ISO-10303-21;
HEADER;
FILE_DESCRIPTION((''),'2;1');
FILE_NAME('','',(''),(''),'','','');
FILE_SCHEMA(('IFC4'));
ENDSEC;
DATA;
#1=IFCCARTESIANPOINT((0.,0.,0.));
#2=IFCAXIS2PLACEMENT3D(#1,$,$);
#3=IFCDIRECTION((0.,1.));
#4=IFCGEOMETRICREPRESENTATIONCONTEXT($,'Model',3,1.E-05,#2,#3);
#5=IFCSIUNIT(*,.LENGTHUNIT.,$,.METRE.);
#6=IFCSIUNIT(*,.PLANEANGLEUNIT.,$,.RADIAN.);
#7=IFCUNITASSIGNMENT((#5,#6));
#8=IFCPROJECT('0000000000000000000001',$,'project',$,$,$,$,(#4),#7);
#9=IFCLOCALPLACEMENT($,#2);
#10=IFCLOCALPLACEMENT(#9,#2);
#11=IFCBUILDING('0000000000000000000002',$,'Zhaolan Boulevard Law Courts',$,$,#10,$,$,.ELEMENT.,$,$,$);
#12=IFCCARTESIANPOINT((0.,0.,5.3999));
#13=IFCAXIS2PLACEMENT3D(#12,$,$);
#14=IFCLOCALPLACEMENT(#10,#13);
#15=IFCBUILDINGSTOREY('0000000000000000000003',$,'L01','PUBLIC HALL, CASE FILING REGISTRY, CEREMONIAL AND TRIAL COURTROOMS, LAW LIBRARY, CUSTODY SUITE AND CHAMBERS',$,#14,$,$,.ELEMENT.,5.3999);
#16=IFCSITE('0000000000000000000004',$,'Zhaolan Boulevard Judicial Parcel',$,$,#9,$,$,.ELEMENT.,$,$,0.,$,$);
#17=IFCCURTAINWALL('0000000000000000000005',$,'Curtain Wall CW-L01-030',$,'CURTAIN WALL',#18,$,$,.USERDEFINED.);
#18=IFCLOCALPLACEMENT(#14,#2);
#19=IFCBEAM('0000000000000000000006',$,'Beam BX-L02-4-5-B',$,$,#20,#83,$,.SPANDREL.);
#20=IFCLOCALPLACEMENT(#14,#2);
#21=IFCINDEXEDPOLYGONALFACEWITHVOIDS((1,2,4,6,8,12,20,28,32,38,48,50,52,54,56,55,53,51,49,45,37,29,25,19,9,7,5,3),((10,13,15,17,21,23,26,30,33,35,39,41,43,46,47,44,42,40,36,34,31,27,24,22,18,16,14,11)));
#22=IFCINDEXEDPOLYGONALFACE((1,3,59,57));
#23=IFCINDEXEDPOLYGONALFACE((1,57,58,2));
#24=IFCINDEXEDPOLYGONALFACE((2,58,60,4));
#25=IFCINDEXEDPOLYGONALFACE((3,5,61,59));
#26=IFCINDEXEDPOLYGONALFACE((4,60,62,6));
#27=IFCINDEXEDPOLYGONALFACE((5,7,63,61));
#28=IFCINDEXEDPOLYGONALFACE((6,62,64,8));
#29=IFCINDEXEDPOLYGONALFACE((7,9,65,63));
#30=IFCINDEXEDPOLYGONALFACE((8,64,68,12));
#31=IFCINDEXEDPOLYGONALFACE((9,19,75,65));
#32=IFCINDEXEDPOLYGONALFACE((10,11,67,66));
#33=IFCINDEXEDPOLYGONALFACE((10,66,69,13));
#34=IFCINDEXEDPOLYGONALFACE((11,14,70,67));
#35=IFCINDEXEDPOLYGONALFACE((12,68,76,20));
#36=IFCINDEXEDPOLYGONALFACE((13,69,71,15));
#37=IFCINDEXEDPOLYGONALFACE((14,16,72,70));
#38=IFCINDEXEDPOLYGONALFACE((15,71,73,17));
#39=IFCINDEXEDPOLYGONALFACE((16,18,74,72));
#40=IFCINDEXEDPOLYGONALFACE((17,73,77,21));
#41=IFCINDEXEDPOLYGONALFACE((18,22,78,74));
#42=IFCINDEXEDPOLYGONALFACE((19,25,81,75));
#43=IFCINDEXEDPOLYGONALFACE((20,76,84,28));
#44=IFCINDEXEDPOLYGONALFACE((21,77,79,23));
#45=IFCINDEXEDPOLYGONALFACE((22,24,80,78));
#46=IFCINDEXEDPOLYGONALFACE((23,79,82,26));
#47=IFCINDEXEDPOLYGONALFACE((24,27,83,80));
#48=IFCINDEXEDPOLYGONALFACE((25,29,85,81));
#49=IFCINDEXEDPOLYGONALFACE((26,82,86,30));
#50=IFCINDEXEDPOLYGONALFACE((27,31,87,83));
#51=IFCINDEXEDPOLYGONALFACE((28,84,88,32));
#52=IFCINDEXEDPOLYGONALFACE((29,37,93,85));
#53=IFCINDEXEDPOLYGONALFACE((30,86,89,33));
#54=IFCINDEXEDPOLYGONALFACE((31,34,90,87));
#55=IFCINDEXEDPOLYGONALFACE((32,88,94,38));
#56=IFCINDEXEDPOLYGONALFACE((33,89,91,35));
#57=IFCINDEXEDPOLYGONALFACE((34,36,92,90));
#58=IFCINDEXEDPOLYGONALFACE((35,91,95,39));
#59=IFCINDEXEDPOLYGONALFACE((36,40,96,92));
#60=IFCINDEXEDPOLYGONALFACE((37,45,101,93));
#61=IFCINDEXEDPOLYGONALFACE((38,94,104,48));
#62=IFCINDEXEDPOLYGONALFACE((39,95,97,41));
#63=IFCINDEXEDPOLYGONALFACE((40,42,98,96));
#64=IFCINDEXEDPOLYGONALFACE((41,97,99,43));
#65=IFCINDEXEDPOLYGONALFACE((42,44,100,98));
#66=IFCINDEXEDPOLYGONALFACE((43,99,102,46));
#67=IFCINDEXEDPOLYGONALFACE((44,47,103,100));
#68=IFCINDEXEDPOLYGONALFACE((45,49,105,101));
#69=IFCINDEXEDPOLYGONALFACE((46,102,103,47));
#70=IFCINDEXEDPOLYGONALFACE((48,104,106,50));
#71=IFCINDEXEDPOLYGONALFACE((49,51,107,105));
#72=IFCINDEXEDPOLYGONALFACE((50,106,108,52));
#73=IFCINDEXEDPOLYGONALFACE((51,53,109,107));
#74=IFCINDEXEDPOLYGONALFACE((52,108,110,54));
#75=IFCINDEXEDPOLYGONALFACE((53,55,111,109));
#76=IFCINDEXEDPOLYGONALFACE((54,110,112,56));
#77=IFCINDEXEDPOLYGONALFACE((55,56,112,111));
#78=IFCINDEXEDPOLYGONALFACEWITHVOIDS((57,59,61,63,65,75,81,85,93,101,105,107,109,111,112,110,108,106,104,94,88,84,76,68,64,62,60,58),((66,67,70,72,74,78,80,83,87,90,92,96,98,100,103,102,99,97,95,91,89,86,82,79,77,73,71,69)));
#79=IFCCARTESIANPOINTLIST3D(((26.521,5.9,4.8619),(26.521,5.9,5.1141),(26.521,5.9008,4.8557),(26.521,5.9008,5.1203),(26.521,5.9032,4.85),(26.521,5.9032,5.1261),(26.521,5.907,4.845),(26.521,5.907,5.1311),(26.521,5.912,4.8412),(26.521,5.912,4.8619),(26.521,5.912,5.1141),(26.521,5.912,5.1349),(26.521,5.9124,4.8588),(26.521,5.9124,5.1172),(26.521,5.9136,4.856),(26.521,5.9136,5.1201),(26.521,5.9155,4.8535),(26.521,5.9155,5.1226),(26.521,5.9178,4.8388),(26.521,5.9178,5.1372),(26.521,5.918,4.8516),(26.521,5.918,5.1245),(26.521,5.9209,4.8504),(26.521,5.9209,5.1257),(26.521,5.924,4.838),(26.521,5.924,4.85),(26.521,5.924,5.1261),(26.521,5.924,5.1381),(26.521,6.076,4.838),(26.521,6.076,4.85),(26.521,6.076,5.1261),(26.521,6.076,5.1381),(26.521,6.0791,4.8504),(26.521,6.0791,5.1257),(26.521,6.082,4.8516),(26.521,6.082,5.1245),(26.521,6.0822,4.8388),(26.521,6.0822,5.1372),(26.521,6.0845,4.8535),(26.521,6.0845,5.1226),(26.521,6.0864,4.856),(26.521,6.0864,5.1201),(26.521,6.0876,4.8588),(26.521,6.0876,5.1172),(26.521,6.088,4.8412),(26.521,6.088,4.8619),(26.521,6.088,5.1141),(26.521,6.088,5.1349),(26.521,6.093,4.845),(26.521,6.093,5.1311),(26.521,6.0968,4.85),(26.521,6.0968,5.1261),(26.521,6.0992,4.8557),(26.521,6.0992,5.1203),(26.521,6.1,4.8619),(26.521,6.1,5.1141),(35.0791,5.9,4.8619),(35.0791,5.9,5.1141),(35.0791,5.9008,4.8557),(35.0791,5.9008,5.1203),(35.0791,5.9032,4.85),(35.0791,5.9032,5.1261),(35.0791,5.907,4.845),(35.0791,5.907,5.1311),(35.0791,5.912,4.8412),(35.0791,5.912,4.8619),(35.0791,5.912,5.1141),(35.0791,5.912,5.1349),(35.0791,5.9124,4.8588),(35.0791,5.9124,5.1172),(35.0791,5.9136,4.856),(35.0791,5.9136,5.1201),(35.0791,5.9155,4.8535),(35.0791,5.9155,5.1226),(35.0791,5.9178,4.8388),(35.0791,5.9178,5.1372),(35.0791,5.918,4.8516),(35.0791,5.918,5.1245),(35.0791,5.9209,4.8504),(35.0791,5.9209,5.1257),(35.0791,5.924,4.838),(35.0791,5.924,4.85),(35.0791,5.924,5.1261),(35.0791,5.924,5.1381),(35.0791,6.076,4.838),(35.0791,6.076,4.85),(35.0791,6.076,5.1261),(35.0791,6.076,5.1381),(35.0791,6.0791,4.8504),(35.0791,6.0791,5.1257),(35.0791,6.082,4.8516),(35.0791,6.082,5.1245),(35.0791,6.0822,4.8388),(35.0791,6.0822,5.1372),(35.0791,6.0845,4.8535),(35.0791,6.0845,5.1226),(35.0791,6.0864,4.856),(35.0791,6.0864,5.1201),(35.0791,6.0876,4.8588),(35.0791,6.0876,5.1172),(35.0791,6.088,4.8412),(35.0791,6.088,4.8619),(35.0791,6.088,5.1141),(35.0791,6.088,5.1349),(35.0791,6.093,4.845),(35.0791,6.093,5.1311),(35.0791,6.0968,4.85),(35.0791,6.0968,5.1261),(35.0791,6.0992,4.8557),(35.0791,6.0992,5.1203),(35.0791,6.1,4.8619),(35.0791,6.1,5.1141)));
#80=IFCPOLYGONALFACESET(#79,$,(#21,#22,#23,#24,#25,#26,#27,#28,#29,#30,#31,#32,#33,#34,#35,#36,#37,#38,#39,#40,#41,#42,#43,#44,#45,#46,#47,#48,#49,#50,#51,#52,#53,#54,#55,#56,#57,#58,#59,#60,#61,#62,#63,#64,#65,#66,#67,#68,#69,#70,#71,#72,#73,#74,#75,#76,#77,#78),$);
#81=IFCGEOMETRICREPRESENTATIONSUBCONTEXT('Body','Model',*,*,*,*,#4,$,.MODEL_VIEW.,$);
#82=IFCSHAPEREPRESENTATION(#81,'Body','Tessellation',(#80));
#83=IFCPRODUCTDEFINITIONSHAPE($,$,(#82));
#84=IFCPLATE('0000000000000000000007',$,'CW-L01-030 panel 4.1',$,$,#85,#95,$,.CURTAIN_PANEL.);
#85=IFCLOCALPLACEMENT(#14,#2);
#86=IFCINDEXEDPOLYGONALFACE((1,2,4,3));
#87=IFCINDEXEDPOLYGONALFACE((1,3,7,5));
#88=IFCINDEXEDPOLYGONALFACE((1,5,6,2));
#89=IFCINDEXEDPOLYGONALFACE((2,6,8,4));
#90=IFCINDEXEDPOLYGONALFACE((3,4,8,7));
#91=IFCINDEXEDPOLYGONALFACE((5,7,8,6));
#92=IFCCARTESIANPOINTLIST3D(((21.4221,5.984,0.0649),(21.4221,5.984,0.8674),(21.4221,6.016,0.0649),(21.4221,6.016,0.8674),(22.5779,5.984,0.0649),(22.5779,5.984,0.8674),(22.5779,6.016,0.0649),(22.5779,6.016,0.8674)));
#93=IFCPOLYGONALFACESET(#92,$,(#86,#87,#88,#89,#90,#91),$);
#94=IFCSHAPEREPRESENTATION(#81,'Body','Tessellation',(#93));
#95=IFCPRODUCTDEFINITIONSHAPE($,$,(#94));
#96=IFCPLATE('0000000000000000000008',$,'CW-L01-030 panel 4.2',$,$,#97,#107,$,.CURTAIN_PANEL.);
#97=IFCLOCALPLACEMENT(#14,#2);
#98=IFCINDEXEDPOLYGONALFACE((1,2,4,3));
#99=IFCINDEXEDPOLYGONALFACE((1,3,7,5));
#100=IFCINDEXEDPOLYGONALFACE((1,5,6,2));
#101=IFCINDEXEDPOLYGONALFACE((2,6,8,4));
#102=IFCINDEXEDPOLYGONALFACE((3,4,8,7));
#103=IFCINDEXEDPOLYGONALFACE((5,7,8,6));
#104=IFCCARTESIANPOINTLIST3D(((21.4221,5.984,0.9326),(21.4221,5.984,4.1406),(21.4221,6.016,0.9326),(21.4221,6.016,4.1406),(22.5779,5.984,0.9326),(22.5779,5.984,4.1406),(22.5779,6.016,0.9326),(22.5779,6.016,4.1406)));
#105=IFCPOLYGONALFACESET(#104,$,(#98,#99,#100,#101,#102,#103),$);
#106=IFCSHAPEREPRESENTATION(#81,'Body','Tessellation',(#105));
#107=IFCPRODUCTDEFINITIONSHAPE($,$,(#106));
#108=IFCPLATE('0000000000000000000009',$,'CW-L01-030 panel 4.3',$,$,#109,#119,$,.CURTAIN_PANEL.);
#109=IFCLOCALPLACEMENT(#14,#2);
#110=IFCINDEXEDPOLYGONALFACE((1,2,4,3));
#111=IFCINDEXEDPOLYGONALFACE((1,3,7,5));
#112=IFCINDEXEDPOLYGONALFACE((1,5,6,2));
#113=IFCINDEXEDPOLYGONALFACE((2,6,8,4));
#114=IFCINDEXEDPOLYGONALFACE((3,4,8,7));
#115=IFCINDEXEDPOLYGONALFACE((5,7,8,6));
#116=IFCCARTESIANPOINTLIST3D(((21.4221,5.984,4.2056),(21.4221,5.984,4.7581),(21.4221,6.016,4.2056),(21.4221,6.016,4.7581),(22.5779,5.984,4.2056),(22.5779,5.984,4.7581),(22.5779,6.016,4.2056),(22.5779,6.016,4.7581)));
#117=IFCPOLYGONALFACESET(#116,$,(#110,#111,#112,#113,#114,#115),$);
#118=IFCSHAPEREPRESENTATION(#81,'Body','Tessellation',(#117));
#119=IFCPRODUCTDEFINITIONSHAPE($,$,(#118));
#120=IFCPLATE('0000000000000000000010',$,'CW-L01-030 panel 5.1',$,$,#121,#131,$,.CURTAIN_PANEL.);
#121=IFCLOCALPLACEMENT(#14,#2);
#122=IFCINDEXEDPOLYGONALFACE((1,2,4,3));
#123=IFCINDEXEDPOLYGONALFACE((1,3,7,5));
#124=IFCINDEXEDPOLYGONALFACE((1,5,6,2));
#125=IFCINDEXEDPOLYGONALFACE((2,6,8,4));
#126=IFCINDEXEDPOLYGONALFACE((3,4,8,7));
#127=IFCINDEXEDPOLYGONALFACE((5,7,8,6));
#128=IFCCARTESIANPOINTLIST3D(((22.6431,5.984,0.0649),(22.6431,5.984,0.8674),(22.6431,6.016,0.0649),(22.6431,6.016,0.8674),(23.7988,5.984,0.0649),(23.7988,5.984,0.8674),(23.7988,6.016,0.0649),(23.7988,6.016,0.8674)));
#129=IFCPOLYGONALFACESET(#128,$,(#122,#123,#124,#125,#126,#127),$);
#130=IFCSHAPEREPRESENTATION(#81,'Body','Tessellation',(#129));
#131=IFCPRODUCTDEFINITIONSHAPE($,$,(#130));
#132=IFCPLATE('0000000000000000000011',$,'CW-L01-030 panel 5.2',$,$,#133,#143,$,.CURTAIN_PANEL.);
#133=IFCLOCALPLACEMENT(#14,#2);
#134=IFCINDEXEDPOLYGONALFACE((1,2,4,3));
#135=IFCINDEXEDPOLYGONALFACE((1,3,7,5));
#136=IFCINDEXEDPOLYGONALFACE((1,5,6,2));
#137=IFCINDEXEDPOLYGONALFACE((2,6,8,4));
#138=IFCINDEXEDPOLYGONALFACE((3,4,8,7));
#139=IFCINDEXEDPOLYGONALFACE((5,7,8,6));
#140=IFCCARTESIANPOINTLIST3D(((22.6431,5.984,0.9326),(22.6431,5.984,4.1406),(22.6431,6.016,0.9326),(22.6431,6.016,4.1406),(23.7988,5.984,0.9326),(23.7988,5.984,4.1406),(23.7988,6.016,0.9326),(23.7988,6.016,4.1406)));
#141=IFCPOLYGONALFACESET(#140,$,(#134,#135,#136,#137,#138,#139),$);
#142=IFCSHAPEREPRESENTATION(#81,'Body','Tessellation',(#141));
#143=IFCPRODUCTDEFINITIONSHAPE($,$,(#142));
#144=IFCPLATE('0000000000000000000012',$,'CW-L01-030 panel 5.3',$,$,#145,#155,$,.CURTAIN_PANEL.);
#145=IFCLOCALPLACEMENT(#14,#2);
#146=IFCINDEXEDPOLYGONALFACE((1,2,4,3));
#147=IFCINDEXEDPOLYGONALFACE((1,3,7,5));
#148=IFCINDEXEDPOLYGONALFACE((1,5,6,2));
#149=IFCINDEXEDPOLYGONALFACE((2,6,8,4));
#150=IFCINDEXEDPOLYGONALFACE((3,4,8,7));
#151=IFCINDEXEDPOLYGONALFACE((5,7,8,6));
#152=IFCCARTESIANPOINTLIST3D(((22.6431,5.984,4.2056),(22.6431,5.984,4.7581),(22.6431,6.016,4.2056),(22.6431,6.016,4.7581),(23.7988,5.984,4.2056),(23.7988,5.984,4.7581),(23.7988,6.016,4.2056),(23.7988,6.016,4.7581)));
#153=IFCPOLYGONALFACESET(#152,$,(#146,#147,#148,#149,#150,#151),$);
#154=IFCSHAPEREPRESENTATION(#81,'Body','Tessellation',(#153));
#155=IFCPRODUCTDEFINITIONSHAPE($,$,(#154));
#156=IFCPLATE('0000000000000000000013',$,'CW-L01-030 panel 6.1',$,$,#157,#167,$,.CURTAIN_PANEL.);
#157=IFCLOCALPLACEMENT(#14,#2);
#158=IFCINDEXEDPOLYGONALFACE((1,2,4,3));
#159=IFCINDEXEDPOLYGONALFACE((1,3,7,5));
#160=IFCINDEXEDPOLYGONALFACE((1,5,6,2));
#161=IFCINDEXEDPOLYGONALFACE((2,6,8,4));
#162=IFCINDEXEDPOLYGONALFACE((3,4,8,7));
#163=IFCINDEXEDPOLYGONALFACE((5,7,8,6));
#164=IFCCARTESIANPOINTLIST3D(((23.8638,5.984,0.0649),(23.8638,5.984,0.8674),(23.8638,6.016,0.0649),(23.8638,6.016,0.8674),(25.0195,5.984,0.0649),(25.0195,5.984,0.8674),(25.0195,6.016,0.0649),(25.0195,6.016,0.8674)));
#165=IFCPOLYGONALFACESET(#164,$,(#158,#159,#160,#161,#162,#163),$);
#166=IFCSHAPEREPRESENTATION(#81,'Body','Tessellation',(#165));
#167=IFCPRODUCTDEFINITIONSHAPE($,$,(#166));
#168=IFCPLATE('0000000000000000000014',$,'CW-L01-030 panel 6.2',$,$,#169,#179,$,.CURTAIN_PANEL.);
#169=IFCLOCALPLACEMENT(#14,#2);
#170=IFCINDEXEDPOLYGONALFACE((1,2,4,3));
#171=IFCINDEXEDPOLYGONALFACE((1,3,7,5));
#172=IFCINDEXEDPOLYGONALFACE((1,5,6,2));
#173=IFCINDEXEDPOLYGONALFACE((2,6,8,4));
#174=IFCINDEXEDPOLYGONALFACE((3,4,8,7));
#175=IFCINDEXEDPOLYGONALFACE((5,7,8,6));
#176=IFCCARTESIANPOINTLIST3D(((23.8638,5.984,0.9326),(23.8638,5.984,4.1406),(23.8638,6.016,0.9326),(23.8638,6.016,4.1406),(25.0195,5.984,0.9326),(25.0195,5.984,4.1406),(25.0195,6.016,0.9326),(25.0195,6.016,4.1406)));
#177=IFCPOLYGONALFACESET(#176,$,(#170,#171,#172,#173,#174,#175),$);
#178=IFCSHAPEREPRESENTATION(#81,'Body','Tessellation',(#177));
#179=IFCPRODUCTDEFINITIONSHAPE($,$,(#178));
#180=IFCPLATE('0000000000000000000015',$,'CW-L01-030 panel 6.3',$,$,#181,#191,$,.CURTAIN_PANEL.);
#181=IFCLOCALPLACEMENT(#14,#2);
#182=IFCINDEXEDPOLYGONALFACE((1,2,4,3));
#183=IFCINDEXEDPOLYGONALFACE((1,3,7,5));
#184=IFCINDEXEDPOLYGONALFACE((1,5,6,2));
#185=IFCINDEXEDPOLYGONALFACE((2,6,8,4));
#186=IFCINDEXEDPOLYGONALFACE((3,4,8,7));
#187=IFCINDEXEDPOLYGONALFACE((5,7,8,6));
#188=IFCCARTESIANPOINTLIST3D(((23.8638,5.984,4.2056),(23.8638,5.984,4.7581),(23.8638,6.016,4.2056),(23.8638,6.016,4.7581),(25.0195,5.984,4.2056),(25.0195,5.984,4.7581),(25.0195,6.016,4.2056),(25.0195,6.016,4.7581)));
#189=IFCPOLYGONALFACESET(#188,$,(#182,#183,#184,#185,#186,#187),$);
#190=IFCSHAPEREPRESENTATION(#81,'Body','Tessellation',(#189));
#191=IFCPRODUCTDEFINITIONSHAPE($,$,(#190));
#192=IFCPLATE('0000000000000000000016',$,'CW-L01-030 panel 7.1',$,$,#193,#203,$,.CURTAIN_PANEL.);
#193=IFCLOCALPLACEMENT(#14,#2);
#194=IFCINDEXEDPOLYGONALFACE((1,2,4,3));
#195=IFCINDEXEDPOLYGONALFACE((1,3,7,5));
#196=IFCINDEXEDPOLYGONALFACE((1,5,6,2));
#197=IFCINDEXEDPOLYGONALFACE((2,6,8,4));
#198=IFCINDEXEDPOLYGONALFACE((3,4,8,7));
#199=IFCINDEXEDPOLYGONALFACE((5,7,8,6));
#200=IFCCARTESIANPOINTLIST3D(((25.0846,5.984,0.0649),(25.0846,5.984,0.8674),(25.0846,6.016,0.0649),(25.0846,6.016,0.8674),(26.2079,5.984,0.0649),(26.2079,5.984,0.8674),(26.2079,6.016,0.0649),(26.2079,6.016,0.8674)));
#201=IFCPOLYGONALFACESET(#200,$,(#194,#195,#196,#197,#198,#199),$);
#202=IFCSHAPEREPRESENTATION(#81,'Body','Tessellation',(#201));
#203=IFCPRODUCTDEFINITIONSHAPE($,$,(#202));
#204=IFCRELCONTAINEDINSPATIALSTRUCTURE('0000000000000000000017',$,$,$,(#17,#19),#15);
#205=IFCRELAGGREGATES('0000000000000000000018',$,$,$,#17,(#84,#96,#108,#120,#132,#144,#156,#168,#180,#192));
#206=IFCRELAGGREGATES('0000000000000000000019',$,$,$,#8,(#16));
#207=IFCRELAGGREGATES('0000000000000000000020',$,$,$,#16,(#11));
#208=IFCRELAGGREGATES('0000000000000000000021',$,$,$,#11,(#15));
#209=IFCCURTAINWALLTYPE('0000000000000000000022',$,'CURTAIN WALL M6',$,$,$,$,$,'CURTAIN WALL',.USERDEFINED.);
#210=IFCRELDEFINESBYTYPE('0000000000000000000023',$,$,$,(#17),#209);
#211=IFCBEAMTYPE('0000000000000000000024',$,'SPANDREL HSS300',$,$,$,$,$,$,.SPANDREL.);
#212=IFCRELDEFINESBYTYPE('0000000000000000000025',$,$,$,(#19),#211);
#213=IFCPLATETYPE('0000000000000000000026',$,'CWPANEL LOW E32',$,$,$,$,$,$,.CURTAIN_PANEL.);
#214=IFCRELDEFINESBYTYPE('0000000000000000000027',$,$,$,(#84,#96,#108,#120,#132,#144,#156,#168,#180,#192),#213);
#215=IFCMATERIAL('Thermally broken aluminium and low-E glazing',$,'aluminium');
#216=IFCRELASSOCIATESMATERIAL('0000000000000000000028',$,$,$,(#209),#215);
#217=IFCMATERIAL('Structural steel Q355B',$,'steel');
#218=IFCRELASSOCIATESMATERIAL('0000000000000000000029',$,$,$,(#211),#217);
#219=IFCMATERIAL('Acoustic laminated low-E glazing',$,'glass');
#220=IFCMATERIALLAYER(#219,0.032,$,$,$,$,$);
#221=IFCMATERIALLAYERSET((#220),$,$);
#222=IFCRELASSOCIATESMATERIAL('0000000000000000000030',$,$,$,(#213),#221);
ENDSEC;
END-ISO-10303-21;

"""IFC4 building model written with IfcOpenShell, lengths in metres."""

from ifc_helpers import new_model, si_unit, direction, frame, origin, origin_2d, place, context, subcontext, project, spatial, rectangle, hollow_rectangle, extrude, material, layer, layer_set, material_profile, profile_set, type_object, element, aggregate, save


model = new_model("IFC4")

# Units and contexts
model_context = context("Model", 3, precision=1e-05, world=origin(), true_north=direction((0.0, 1.0)))
body_context = subcontext(model_context, "Body", "Model", "MODEL_VIEW")
ifc_project = project(units=[si_unit("LENGTHUNIT", "METRE"), si_unit("PLANEANGLEUNIT", "RADIAN")], contexts=[model_context])

# Site, building, storey
site_placement = place(None, origin())
site = spatial("IfcSite", under=ifc_project, at=site_placement, Name="Zhaolan Boulevard Judicial Parcel", CompositionType="ELEMENT", RefElevation=0.0)
building_placement = place(site_placement, origin())
building = spatial("IfcBuilding", under=site, at=building_placement, Name="Zhaolan Boulevard Law Courts", CompositionType="ELEMENT")
storey_placement = place(building_placement, frame((0.0, 0.0, 5.3999)))
storey = spatial("IfcBuildingStorey", under=building, at=storey_placement, Name="L01", Description="PUBLIC HALL, CASE FILING REGISTRY, CEREMONIAL AND TRIAL COURTROOMS, LAW LIBRARY, CUSTODY SUITE AND CHAMBERS", CompositionType="ELEMENT", Elevation=5.3999)

# Curtain wall
ifc_material_1 = material(Name="Thermally broken aluminium and low-E glazing", Category="aluminium")
curtain_wall_type_1 = type_object("IfcCurtainWallType", Name="CURTAIN WALL M6", ElementType="CURTAIN WALL", PredefinedType="USERDEFINED", material=ifc_material_1)
curtain_wall_1_placement = place(storey_placement, origin())
curtain_wall_1 = element("IfcCurtainWall", 1, at=curtain_wall_1_placement, inside=storey, type_object=curtain_wall_type_1, Name="Curtain Wall CW-L01-030", ObjectType="CURTAIN WALL", PredefinedType="USERDEFINED")

# Beam
ifc_material_2 = material(Name="Structural steel Q355B", Category="steel")
ifc_material_profile_1 = material_profile(ifc_material_2, hollow_rectangle(XDim=0.2, YDim=0.3, WallThickness=0.012, InnerFilletRadius=0.012, OuterFilletRadius=0.0239, at=origin_2d()), Name="HSS300x200x12")
ifc_profile_set_1 = profile_set([ifc_material_profile_1], Name="Structural steel Q355B")
beam_type = type_object("IfcBeamType", Name="SPANDREL HSS300", PredefinedType="SPANDREL", material=ifc_profile_set_1)
beam_placement = place(storey_placement, frame((26.521, 6.0, 4.988), z_axis=(1.0, 0.0, 0.0), x_axis=(0.0, 1.0, 0.0)))
element("IfcBeam", 2, at=beam_placement, inside=storey, type_object=beam_type, Name="Beam BX-L02-4-5-B", PredefinedType="SPANDREL", context=body_context, shape_type="SweptSolid", body=[
    extrude(hollow_rectangle(XDim=0.2, YDim=0.3, WallThickness=0.012, InnerFilletRadius=0.012, OuterFilletRadius=0.0239, at=origin_2d()), origin(), (0.0, 0.0, 1.0), 8.5581),
])

# Plates
ifc_material_3 = material(Name="Acoustic laminated low-E glazing", Category="glass")
ifc_layer_1 = layer(ifc_material_3, 0.032)
ifc_layer_set_1 = layer_set([ifc_layer_1])
plate_type_1 = type_object("IfcPlateType", Name="CWPANEL LOW E32", PredefinedType="CURTAIN_PANEL", material=ifc_layer_set_1)
plate_1_placement = place(storey_placement, frame((22.0, 6.0, 0.0649), z_axis=(0.0, 0.0, 1.0), x_axis=(1.0, 0.0, 0.0)))
plate_1 = element("IfcPlate", 3, at=plate_1_placement, type_object=plate_type_1, Name="CW-L01-030 panel 4.1", PredefinedType="CURTAIN_PANEL", context=body_context, shape_type="SweptSolid", body=[
    extrude(rectangle(XDim=1.1558, YDim=0.032, at=origin_2d()), origin(), (0.0, 0.0, 1.0), 0.8025),
])
plate_2_placement = place(storey_placement, frame((22.0, 6.0, 0.9326), z_axis=(0.0, 0.0, 1.0), x_axis=(1.0, 0.0, 0.0)))
plate_2 = element("IfcPlate", 4, at=plate_2_placement, type_object=plate_type_1, Name="CW-L01-030 panel 4.2", PredefinedType="CURTAIN_PANEL", context=body_context, shape_type="SweptSolid", body=[
    extrude(rectangle(XDim=1.1558, YDim=0.032, at=origin_2d()), origin(), (0.0, 0.0, 1.0), 3.208),
])
plate_3_placement = place(storey_placement, frame((22.0, 6.0, 4.2056), z_axis=(0.0, 0.0, 1.0), x_axis=(1.0, 0.0, 0.0)))
plate_3 = element("IfcPlate", 5, at=plate_3_placement, type_object=plate_type_1, Name="CW-L01-030 panel 4.3", PredefinedType="CURTAIN_PANEL", context=body_context, shape_type="SweptSolid", body=[
    extrude(rectangle(XDim=1.1558, YDim=0.032, at=origin_2d()), origin(), (0.0, 0.0, 1.0), 0.5525),
])
plate_4_placement = place(storey_placement, frame((23.2209, 6.0, 0.0649), z_axis=(0.0, 0.0, 1.0), x_axis=(1.0, 0.0, 0.0)))
plate_4 = element("IfcPlate", 6, at=plate_4_placement, type_object=plate_type_1, Name="CW-L01-030 panel 5.1", PredefinedType="CURTAIN_PANEL", context=body_context, shape_type="SweptSolid", body=[
    extrude(rectangle(XDim=1.1558, YDim=0.032, at=origin_2d()), origin(), (0.0, 0.0, 1.0), 0.8025),
])
plate_5_placement = place(storey_placement, frame((23.2209, 6.0, 0.9326), z_axis=(0.0, 0.0, 1.0), x_axis=(1.0, 0.0, 0.0)))
plate_5 = element("IfcPlate", 7, at=plate_5_placement, type_object=plate_type_1, Name="CW-L01-030 panel 5.2", PredefinedType="CURTAIN_PANEL", context=body_context, shape_type="SweptSolid", body=[
    extrude(rectangle(XDim=1.1558, YDim=0.032, at=origin_2d()), origin(), (0.0, 0.0, 1.0), 3.208),
])
plate_6_placement = place(storey_placement, frame((23.2209, 6.0, 4.2056), z_axis=(0.0, 0.0, 1.0), x_axis=(1.0, 0.0, 0.0)))
plate_6 = element("IfcPlate", 8, at=plate_6_placement, type_object=plate_type_1, Name="CW-L01-030 panel 5.3", PredefinedType="CURTAIN_PANEL", context=body_context, shape_type="SweptSolid", body=[
    extrude(rectangle(XDim=1.1558, YDim=0.032, at=origin_2d()), origin(), (0.0, 0.0, 1.0), 0.5525),
])
plate_7_placement = place(storey_placement, frame((24.4417, 6.0, 0.0649), z_axis=(0.0, 0.0, 1.0), x_axis=(1.0, 0.0, 0.0)))
plate_7 = element("IfcPlate", 9, at=plate_7_placement, type_object=plate_type_1, Name="CW-L01-030 panel 6.1", PredefinedType="CURTAIN_PANEL", context=body_context, shape_type="SweptSolid", body=[
    extrude(rectangle(XDim=1.1558, YDim=0.032, at=origin_2d()), origin(), (0.0, 0.0, 1.0), 0.8025),
])
plate_8_placement = place(storey_placement, frame((24.4417, 6.0, 0.9326), z_axis=(0.0, 0.0, 1.0), x_axis=(1.0, 0.0, 0.0)))
plate_8 = element("IfcPlate", 10, at=plate_8_placement, type_object=plate_type_1, Name="CW-L01-030 panel 6.2", PredefinedType="CURTAIN_PANEL", context=body_context, shape_type="SweptSolid", body=[
    extrude(rectangle(XDim=1.1558, YDim=0.032, at=origin_2d()), origin(), (0.0, 0.0, 1.0), 3.208),
])
plate_9_placement = place(storey_placement, frame((24.4417, 6.0, 4.2056), z_axis=(0.0, 0.0, 1.0), x_axis=(1.0, 0.0, 0.0)))
plate_9 = element("IfcPlate", 11, at=plate_9_placement, type_object=plate_type_1, Name="CW-L01-030 panel 6.3", PredefinedType="CURTAIN_PANEL", context=body_context, shape_type="SweptSolid", body=[
    extrude(rectangle(XDim=1.1558, YDim=0.032, at=origin_2d()), origin(), (0.0, 0.0, 1.0), 0.5525),
])
plate_10_placement = place(storey_placement, frame((25.6462, 6.0, 0.0649), z_axis=(0.0, 0.0, 1.0), x_axis=(1.0, 0.0, 0.0)))
plate_10 = element("IfcPlate", 12, at=plate_10_placement, type_object=plate_type_1, Name="CW-L01-030 panel 7.1", PredefinedType="CURTAIN_PANEL", context=body_context, shape_type="SweptSolid", body=[
    extrude(rectangle(XDim=1.1233, YDim=0.032, at=origin_2d()), origin(), (0.0, 0.0, 1.0), 0.8025),
])
aggregate(curtain_wall_1, [plate_1, plate_2, plate_3, plate_4, plate_5, plate_6, plate_7, plate_8, plate_9, plate_10])

save(model, "model.ifc")
